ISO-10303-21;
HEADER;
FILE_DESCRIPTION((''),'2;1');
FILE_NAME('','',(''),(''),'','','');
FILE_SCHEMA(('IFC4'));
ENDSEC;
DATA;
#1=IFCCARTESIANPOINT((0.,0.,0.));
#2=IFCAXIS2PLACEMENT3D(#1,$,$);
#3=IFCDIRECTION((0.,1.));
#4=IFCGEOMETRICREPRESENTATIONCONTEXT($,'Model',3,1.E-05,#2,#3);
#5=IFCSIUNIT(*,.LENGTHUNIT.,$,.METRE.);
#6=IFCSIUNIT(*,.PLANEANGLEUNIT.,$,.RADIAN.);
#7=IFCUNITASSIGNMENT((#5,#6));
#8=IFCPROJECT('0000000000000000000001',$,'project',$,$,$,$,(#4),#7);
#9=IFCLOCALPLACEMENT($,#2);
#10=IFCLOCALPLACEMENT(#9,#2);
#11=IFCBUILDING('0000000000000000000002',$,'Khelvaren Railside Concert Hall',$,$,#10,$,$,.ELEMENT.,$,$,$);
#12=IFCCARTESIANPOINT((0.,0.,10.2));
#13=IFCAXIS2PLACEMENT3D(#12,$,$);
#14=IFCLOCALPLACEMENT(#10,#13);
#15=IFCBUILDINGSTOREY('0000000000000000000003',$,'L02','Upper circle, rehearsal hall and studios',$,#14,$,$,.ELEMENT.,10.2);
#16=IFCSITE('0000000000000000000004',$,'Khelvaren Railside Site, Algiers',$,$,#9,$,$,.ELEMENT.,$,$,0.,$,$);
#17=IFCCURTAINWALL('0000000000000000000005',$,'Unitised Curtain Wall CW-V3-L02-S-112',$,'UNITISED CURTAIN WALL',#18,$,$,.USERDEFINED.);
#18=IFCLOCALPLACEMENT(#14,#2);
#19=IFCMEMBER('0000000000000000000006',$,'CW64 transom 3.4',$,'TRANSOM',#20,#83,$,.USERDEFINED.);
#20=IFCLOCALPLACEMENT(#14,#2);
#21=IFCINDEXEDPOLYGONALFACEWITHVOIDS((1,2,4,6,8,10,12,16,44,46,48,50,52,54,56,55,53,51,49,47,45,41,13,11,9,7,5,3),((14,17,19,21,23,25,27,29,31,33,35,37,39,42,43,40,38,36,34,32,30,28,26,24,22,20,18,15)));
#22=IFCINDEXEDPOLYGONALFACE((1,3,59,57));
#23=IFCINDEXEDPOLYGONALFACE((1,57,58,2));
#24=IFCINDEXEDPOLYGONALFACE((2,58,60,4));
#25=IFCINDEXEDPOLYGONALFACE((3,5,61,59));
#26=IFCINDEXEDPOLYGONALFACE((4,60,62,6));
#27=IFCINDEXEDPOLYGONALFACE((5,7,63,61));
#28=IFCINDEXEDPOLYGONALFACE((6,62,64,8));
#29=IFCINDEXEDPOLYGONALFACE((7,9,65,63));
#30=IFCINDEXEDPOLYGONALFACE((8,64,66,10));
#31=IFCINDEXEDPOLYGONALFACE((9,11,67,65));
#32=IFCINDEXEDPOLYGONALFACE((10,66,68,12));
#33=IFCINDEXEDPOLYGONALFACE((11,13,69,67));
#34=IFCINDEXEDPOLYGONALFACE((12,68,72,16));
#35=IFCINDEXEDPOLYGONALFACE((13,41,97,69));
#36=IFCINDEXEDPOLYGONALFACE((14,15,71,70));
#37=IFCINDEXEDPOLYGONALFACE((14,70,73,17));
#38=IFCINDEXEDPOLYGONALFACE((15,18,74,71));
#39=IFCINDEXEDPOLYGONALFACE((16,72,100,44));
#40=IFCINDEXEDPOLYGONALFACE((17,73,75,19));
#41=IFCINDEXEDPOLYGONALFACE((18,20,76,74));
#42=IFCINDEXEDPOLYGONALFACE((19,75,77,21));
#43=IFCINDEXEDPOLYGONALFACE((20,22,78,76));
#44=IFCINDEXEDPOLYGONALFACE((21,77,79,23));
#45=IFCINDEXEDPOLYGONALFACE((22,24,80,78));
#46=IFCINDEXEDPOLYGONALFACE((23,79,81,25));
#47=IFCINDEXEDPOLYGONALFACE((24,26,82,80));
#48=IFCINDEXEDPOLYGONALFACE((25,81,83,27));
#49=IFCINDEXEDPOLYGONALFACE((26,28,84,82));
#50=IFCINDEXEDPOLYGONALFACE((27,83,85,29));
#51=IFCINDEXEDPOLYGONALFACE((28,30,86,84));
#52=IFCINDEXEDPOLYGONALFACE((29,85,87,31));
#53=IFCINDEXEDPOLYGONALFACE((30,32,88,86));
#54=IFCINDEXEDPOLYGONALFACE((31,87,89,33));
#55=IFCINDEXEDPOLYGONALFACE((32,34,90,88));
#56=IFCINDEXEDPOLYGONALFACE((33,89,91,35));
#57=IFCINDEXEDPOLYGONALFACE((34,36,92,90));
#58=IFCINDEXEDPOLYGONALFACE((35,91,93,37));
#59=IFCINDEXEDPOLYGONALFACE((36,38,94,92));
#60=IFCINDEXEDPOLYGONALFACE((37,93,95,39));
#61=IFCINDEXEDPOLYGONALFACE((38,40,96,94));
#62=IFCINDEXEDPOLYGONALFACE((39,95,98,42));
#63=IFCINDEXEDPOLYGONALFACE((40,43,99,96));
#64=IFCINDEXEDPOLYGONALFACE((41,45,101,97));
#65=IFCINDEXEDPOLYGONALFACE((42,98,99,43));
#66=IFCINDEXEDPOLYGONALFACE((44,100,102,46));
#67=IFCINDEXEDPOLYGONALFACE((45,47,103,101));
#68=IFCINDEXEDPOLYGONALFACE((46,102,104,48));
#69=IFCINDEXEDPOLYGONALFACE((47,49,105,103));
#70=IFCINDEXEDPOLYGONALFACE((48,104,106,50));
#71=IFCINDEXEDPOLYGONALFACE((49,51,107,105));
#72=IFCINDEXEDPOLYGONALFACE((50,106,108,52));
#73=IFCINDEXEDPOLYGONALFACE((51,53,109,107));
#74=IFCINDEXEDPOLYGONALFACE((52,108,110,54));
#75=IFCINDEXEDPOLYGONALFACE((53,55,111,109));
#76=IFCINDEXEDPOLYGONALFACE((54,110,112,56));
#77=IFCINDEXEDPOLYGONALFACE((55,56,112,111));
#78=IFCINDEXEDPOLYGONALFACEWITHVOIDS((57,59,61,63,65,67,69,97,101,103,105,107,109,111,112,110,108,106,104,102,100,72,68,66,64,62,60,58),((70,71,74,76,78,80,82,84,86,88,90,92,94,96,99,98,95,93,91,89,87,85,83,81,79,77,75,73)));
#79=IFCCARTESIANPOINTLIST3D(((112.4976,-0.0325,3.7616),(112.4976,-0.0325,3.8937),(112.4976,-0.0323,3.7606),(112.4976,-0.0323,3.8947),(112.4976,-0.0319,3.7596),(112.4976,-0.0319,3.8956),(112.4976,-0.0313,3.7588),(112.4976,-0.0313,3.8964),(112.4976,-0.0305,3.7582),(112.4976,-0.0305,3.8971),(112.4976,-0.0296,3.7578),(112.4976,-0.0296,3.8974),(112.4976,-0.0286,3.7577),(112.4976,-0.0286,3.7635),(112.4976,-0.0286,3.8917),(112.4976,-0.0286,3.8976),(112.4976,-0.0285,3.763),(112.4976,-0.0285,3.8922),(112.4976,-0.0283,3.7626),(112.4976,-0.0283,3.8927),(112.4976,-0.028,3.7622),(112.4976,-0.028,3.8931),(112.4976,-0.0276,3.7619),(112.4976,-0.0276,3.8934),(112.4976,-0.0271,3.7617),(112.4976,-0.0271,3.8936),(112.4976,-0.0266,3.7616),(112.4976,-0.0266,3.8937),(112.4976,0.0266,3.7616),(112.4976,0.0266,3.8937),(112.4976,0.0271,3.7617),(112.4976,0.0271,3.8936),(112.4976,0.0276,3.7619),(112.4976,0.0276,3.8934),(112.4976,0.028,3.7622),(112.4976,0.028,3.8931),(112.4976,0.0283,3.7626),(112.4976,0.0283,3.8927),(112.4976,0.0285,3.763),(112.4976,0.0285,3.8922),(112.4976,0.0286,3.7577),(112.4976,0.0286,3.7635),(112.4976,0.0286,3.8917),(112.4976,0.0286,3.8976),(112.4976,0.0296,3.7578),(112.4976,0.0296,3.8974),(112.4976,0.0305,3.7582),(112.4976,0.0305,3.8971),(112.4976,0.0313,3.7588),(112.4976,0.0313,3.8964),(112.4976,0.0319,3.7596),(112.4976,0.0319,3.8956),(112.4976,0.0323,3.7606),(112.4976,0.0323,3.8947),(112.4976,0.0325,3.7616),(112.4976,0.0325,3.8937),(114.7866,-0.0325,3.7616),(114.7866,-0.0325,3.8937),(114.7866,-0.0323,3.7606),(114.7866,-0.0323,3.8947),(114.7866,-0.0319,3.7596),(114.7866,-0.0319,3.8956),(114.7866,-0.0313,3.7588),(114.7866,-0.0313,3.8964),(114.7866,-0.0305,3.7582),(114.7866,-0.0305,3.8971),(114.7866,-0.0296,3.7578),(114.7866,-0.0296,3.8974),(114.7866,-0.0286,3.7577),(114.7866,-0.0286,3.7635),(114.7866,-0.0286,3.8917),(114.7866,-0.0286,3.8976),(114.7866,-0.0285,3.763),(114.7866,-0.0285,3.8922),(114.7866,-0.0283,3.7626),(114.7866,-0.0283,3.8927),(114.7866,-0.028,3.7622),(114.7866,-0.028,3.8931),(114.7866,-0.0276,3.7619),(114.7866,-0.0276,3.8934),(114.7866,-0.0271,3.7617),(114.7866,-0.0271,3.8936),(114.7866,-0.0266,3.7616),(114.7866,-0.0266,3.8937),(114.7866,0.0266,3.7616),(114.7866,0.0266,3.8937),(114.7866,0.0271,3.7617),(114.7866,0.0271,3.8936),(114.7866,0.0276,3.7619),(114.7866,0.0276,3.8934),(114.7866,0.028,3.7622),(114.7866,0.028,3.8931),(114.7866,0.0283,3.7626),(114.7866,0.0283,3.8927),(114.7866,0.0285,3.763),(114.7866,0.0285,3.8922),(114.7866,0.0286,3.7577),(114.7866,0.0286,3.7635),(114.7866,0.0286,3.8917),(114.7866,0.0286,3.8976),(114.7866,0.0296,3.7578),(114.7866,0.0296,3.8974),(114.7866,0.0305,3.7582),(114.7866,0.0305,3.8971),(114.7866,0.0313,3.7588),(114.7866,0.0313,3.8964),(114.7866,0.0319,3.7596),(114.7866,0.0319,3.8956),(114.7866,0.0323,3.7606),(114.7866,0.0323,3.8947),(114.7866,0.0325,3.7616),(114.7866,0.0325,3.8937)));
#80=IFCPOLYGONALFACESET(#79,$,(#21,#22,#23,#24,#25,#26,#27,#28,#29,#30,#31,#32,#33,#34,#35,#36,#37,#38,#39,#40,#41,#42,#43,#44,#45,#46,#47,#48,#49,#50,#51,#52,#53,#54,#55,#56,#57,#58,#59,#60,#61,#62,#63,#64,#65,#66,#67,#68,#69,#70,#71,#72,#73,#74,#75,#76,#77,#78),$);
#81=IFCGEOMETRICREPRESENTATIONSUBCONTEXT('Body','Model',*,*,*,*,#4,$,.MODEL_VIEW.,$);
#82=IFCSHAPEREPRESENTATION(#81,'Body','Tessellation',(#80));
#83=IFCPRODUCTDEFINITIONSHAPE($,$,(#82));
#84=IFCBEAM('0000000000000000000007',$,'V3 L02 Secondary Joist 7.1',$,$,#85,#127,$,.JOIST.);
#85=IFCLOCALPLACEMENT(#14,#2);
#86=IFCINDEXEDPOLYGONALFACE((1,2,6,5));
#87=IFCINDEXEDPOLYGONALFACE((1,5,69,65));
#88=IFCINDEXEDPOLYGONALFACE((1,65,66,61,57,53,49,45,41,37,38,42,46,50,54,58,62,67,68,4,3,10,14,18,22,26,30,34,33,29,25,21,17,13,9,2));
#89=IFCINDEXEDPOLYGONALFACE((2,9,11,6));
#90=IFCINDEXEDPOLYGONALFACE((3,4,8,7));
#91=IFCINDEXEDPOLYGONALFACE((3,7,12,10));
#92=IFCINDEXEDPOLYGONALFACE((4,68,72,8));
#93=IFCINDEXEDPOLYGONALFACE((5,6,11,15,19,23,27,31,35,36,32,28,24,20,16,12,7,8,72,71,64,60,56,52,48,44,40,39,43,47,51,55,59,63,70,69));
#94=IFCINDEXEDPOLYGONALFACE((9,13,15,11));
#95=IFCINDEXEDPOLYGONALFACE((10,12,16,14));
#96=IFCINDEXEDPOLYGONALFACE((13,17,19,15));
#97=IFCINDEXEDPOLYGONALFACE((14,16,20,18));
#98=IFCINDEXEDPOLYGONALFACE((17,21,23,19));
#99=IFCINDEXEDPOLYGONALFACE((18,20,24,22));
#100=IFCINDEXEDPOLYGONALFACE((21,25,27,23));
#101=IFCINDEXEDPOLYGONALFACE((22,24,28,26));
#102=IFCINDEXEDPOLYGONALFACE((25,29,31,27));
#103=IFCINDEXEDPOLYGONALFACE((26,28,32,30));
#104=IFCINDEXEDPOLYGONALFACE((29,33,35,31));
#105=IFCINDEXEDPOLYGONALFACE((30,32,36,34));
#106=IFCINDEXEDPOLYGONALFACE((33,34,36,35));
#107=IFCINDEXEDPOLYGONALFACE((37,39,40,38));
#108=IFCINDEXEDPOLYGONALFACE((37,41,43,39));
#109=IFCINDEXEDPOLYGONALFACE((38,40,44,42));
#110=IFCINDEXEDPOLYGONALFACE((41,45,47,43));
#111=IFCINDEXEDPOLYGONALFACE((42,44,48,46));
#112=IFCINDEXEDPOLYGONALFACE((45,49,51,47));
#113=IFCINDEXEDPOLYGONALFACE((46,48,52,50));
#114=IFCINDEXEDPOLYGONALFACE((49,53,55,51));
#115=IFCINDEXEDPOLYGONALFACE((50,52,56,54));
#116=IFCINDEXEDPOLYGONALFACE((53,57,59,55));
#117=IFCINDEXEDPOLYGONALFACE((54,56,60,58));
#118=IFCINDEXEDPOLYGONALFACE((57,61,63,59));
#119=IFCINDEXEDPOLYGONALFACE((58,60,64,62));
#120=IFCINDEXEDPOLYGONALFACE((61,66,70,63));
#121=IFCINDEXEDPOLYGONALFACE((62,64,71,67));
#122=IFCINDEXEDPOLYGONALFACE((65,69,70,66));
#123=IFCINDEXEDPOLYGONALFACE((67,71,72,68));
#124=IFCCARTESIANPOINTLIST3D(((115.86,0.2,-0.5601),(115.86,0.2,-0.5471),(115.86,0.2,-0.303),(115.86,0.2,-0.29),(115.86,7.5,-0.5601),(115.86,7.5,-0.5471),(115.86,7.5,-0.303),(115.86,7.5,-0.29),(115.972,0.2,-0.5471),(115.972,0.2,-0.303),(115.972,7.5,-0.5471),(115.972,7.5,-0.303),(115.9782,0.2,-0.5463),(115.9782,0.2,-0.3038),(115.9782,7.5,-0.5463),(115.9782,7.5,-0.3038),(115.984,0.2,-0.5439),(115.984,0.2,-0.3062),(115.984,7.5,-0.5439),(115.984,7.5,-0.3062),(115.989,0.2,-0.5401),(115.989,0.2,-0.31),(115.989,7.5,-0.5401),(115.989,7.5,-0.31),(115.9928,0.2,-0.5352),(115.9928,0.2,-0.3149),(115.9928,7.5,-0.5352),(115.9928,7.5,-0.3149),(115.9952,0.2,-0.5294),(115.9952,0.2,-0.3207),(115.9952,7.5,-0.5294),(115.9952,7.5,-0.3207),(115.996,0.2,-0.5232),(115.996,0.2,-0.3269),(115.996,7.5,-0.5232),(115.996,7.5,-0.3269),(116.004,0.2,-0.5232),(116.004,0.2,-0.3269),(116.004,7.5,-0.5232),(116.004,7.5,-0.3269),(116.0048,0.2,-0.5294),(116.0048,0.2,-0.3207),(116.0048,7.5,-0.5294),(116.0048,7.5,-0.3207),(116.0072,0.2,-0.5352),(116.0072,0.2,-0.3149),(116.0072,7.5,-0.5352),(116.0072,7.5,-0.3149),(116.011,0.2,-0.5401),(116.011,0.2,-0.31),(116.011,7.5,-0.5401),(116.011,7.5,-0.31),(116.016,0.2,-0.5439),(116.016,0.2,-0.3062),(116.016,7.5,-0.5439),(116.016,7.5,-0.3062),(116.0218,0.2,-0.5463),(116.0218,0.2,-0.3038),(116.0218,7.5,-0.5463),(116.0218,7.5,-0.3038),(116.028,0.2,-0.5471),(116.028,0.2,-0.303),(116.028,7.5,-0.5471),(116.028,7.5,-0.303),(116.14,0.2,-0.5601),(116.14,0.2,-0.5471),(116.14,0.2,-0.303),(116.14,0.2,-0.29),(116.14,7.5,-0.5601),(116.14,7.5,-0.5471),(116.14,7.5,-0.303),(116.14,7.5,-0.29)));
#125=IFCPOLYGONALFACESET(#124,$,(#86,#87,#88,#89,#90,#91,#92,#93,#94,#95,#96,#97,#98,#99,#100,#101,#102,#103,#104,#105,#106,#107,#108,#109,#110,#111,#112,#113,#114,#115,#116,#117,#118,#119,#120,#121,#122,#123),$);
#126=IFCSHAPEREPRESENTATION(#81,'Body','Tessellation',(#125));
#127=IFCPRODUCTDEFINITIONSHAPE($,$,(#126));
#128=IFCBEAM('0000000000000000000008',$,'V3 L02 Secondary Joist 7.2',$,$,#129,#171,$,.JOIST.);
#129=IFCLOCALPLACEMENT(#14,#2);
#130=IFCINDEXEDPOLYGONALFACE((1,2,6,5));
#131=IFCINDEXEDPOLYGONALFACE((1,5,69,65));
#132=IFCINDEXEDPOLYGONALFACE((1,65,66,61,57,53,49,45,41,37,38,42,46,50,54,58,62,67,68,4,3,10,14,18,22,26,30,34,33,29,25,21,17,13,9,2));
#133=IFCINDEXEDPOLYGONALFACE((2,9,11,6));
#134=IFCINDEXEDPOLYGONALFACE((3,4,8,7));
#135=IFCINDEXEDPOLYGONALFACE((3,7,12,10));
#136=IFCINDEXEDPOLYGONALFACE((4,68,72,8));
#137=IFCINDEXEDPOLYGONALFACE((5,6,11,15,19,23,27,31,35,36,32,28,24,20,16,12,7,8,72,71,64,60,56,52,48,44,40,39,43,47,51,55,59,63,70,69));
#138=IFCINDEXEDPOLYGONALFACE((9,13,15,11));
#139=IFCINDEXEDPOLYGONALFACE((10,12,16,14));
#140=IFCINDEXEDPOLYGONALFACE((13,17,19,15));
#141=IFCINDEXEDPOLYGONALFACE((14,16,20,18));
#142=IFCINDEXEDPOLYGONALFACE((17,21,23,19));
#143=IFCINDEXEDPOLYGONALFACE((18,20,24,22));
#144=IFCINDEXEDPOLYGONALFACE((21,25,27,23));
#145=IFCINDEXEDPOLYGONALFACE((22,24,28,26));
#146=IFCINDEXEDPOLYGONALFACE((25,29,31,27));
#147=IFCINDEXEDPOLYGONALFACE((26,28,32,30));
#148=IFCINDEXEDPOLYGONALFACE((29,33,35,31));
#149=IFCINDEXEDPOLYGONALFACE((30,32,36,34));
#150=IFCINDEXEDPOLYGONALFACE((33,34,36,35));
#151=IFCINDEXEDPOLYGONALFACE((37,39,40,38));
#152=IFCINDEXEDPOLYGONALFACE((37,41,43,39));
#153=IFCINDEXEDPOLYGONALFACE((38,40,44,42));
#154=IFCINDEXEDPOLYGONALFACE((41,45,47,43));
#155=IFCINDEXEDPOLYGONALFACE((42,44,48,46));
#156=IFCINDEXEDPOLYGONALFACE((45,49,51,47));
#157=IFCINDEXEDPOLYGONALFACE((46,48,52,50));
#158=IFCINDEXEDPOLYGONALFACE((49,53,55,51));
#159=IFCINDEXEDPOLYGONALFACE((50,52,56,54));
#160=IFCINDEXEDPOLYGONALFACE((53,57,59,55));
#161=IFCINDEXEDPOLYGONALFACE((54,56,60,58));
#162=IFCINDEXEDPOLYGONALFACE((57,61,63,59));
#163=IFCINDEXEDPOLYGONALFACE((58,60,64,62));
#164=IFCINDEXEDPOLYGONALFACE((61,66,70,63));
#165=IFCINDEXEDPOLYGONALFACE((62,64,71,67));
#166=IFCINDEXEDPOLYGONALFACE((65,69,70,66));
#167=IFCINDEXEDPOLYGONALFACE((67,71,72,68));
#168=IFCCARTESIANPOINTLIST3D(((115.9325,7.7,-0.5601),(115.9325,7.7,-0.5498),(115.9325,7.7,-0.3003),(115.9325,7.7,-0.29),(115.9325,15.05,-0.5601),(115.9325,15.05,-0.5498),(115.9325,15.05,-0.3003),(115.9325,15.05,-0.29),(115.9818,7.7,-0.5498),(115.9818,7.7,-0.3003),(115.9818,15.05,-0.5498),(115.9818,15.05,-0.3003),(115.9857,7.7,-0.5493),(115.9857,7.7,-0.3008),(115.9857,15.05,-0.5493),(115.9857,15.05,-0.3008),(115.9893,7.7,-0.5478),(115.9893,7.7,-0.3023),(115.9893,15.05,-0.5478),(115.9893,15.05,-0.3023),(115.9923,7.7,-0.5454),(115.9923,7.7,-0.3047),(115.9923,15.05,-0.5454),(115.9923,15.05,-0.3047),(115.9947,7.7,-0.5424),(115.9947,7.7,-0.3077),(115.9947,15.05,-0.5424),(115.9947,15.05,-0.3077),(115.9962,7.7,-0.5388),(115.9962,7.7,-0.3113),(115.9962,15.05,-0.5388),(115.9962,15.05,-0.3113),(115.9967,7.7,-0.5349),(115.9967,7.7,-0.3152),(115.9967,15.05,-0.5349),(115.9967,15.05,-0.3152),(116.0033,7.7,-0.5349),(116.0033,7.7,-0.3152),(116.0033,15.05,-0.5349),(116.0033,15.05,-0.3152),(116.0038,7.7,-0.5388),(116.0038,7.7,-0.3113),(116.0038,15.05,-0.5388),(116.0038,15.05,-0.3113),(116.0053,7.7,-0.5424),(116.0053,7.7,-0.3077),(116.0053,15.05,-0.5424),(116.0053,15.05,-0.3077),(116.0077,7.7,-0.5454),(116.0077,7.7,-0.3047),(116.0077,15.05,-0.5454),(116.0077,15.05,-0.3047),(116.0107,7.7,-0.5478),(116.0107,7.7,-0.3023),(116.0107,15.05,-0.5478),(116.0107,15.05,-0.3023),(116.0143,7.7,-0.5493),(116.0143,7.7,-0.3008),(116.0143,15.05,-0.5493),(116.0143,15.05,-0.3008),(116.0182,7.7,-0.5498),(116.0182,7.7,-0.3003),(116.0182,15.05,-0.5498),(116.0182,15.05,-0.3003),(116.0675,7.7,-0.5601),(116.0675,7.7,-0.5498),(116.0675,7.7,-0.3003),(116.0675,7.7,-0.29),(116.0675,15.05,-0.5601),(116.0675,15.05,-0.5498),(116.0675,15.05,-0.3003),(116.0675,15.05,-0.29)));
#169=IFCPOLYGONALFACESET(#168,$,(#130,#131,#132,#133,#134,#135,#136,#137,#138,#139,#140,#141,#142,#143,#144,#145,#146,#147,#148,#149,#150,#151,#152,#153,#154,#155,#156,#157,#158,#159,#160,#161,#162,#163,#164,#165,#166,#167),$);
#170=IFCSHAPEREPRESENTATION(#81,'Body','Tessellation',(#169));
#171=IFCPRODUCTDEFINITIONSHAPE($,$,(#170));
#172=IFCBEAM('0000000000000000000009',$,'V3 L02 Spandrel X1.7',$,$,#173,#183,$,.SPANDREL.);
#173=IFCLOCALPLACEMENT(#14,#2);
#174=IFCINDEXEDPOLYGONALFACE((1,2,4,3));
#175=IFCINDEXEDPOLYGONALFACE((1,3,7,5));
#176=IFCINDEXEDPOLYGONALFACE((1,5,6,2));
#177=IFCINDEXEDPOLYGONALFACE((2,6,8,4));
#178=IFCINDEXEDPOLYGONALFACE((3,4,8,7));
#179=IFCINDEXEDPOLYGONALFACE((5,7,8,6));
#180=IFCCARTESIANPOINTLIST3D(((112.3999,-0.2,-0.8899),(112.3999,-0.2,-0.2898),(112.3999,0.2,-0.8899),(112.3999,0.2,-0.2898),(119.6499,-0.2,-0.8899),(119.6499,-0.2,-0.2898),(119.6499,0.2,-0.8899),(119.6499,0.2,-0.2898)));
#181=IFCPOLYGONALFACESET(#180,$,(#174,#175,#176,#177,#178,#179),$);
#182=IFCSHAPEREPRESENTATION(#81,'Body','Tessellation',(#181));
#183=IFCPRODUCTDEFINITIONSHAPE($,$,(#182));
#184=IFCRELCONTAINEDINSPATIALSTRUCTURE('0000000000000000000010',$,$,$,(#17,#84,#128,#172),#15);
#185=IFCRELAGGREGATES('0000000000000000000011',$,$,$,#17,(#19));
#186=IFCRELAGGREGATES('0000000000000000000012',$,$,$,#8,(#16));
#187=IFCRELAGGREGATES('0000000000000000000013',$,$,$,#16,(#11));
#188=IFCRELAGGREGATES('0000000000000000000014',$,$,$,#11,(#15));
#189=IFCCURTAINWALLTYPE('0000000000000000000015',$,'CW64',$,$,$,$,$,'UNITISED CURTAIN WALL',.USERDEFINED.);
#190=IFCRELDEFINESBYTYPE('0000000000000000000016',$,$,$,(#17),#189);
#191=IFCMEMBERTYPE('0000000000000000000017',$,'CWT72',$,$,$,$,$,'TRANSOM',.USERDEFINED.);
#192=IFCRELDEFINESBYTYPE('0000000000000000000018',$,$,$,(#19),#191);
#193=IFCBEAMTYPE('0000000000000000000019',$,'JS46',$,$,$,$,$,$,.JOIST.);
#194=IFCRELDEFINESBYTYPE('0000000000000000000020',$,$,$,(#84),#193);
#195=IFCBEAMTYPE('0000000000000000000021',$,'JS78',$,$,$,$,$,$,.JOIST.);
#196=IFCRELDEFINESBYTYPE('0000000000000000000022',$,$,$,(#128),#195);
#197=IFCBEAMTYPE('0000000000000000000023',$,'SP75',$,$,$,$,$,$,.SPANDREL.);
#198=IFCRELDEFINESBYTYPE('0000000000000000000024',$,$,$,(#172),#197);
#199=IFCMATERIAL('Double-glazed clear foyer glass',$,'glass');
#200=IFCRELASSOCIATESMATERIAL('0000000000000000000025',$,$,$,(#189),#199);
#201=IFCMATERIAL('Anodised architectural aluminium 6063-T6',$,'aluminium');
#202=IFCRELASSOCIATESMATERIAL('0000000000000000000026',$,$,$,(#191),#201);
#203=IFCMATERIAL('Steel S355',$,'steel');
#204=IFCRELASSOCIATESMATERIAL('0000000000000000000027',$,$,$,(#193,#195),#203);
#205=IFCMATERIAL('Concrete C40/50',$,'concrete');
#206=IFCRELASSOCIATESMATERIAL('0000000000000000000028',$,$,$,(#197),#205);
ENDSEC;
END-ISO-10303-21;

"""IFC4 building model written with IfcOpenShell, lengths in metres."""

from ifc_helpers import new_model, si_unit, direction, frame, origin, origin_2d, place, context, subcontext, project, spatial, rectangle, hollow_rectangle, i_section, extrude, material, material_profile, profile_set, type_object, element, aggregate, save


model = new_model("IFC4")

# Units and contexts
model_context = context("Model", 3, precision=1e-05, world=origin(), true_north=direction((0.0, 1.0)))
body_context = subcontext(model_context, "Body", "Model", "MODEL_VIEW")
ifc_project = project(units=[si_unit("LENGTHUNIT", "METRE"), si_unit("PLANEANGLEUNIT", "RADIAN")], contexts=[model_context])

# Site, building, storey
site_placement = place(None, origin())
site = spatial("IfcSite", under=ifc_project, at=site_placement, Name="Khelvaren Railside Site, Algiers", CompositionType="ELEMENT", RefElevation=0.0)
building_placement = place(site_placement, origin())
building = spatial("IfcBuilding", under=site, at=building_placement, Name="Khelvaren Railside Concert Hall", CompositionType="ELEMENT")
storey_placement = place(building_placement, frame((0.0, 0.0, 10.2)))
storey = spatial("IfcBuildingStorey", under=building, at=storey_placement, Name="L02", Description="Upper circle, rehearsal hall and studios", CompositionType="ELEMENT", Elevation=10.2)

# Shared definitions
ifc_material_1 = material(Name="Steel S355", Category="steel")

# Shared definitions
ifc_material_2 = material(Name="Double-glazed clear foyer glass", Category="glass")
ifc_material_3 = material(Name="Anodised architectural aluminium 6063-T6", Category="aluminium")

# Curtain wall
curtain_wall_type_1 = type_object("IfcCurtainWallType", Name="CW64", ElementType="UNITISED CURTAIN WALL", PredefinedType="USERDEFINED", material=ifc_material_2)
curtain_wall_1_placement = place(storey_placement, origin())
curtain_wall_1 = element("IfcCurtainWall", 1, at=curtain_wall_1_placement, inside=storey, type_object=curtain_wall_type_1, Name="Unitised Curtain Wall CW-V3-L02-S-112", ObjectType="UNITISED CURTAIN WALL", PredefinedType="USERDEFINED")

# Member
ifc_material_profile_1 = material_profile(ifc_material_3, hollow_rectangle(XDim=0.0649, YDim=0.1399, WallThickness=0.0039, InnerFilletRadius=0.002, OuterFilletRadius=0.0039, at=origin_2d()), Name="CWT 65x140x4")
ifc_profile_set_1 = profile_set([ifc_material_profile_1], Name="Anodised architectural aluminium 6063-T6")
member_type_1 = type_object("IfcMemberType", Name="CWT72", ElementType="TRANSOM", PredefinedType="USERDEFINED", material=ifc_profile_set_1)
member_1_placement = place(storey_placement, frame((114.7866, 0.0, 3.8276), z_axis=(-1.0, 0.0, 0.0), x_axis=(0.0, -1.0, 0.0)))
member_1 = element("IfcMember", 2, at=member_1_placement, type_object=member_type_1, Name="CW64 transom 3.4", ObjectType="TRANSOM", PredefinedType="USERDEFINED", context=body_context, shape_type="SweptSolid", body=[
    extrude(hollow_rectangle(XDim=0.0649, YDim=0.1399, WallThickness=0.0039, InnerFilletRadius=0.002, OuterFilletRadius=0.0039, at=origin_2d()), origin(), (0.0, 0.0, 1.0), 2.2891),
])

# Beams
ifc_material_profile_2 = material_profile(ifc_material_1, i_section(OverallWidth=0.28, OverallDepth=0.27, WebThickness=0.0081, FlangeThickness=0.0129, FilletRadius=0.0239, at=origin_2d()), Name="HEA 280")
ifc_profile_set_2 = profile_set([ifc_material_profile_2], Name="Steel S355")
beam_type_1 = type_object("IfcBeamType", Name="JS46", PredefinedType="JOIST", material=ifc_profile_set_2)
beam_1_placement = place(storey_placement, frame((116.0, 0.2, -0.425), z_axis=(0.0, 1.0, 0.0), x_axis=(-1.0, 0.0, 0.0)))
element("IfcBeam", 3, at=beam_1_placement, inside=storey, type_object=beam_type_1, Name="V3 L02 Secondary Joist 7.1", PredefinedType="JOIST", context=body_context, shape_type="SweptSolid", body=[
    extrude(i_section(OverallWidth=0.28, OverallDepth=0.27, WebThickness=0.0081, FlangeThickness=0.0129, FilletRadius=0.0239, at=origin_2d()), origin(), (0.0, 0.0, 1.0), 7.3),
])
ifc_material_profile_3 = material_profile(ifc_material_1, i_section(OverallWidth=0.135, OverallDepth=0.27, WebThickness=0.0066, FlangeThickness=0.0103, FilletRadius=0.0149, at=origin_2d()), Name="IPE 270")
ifc_profile_set_3 = profile_set([ifc_material_profile_3], Name="Steel S355")
beam_type_2 = type_object("IfcBeamType", Name="JS78", PredefinedType="JOIST", material=ifc_profile_set_3)
beam_2_placement = place(storey_placement, frame((116.0, 7.7, -0.425), z_axis=(0.0, 1.0, 0.0), x_axis=(-1.0, 0.0, 0.0)))
element("IfcBeam", 4, at=beam_2_placement, inside=storey, type_object=beam_type_2, Name="V3 L02 Secondary Joist 7.2", PredefinedType="JOIST", context=body_context, shape_type="SweptSolid", body=[
    extrude(i_section(OverallWidth=0.135, OverallDepth=0.27, WebThickness=0.0066, FlangeThickness=0.0103, FilletRadius=0.0149, at=origin_2d()), origin(), (0.0, 0.0, 1.0), 7.3501),
])
ifc_material_4 = material(Name="Concrete C40/50", Category="concrete")
ifc_material_profile_4 = material_profile(ifc_material_4, rectangle(XDim=0.3999, YDim=0.6001, at=origin_2d()), Name="RCB 400x600")
ifc_profile_set_4 = profile_set([ifc_material_profile_4], Name="Concrete C40/50")
beam_type_3 = type_object("IfcBeamType", Name="SP75", PredefinedType="SPANDREL", material=ifc_profile_set_4)
beam_3_placement = place(storey_placement, frame((112.3999, 0.0, -0.5898), z_axis=(1.0, 0.0, 0.0), x_axis=(0.0, 1.0, 0.0)))
element("IfcBeam", 5, at=beam_3_placement, inside=storey, type_object=beam_type_3, Name="V3 L02 Spandrel X1.7", PredefinedType="SPANDREL", context=body_context, shape_type="SweptSolid", body=[
    extrude(rectangle(XDim=0.3999, YDim=0.6001, at=origin_2d()), origin(), (0.0, 0.0, 1.0), 7.25),
])

aggregate(curtain_wall_1, [member_1])

save(model, "model.ifc")
